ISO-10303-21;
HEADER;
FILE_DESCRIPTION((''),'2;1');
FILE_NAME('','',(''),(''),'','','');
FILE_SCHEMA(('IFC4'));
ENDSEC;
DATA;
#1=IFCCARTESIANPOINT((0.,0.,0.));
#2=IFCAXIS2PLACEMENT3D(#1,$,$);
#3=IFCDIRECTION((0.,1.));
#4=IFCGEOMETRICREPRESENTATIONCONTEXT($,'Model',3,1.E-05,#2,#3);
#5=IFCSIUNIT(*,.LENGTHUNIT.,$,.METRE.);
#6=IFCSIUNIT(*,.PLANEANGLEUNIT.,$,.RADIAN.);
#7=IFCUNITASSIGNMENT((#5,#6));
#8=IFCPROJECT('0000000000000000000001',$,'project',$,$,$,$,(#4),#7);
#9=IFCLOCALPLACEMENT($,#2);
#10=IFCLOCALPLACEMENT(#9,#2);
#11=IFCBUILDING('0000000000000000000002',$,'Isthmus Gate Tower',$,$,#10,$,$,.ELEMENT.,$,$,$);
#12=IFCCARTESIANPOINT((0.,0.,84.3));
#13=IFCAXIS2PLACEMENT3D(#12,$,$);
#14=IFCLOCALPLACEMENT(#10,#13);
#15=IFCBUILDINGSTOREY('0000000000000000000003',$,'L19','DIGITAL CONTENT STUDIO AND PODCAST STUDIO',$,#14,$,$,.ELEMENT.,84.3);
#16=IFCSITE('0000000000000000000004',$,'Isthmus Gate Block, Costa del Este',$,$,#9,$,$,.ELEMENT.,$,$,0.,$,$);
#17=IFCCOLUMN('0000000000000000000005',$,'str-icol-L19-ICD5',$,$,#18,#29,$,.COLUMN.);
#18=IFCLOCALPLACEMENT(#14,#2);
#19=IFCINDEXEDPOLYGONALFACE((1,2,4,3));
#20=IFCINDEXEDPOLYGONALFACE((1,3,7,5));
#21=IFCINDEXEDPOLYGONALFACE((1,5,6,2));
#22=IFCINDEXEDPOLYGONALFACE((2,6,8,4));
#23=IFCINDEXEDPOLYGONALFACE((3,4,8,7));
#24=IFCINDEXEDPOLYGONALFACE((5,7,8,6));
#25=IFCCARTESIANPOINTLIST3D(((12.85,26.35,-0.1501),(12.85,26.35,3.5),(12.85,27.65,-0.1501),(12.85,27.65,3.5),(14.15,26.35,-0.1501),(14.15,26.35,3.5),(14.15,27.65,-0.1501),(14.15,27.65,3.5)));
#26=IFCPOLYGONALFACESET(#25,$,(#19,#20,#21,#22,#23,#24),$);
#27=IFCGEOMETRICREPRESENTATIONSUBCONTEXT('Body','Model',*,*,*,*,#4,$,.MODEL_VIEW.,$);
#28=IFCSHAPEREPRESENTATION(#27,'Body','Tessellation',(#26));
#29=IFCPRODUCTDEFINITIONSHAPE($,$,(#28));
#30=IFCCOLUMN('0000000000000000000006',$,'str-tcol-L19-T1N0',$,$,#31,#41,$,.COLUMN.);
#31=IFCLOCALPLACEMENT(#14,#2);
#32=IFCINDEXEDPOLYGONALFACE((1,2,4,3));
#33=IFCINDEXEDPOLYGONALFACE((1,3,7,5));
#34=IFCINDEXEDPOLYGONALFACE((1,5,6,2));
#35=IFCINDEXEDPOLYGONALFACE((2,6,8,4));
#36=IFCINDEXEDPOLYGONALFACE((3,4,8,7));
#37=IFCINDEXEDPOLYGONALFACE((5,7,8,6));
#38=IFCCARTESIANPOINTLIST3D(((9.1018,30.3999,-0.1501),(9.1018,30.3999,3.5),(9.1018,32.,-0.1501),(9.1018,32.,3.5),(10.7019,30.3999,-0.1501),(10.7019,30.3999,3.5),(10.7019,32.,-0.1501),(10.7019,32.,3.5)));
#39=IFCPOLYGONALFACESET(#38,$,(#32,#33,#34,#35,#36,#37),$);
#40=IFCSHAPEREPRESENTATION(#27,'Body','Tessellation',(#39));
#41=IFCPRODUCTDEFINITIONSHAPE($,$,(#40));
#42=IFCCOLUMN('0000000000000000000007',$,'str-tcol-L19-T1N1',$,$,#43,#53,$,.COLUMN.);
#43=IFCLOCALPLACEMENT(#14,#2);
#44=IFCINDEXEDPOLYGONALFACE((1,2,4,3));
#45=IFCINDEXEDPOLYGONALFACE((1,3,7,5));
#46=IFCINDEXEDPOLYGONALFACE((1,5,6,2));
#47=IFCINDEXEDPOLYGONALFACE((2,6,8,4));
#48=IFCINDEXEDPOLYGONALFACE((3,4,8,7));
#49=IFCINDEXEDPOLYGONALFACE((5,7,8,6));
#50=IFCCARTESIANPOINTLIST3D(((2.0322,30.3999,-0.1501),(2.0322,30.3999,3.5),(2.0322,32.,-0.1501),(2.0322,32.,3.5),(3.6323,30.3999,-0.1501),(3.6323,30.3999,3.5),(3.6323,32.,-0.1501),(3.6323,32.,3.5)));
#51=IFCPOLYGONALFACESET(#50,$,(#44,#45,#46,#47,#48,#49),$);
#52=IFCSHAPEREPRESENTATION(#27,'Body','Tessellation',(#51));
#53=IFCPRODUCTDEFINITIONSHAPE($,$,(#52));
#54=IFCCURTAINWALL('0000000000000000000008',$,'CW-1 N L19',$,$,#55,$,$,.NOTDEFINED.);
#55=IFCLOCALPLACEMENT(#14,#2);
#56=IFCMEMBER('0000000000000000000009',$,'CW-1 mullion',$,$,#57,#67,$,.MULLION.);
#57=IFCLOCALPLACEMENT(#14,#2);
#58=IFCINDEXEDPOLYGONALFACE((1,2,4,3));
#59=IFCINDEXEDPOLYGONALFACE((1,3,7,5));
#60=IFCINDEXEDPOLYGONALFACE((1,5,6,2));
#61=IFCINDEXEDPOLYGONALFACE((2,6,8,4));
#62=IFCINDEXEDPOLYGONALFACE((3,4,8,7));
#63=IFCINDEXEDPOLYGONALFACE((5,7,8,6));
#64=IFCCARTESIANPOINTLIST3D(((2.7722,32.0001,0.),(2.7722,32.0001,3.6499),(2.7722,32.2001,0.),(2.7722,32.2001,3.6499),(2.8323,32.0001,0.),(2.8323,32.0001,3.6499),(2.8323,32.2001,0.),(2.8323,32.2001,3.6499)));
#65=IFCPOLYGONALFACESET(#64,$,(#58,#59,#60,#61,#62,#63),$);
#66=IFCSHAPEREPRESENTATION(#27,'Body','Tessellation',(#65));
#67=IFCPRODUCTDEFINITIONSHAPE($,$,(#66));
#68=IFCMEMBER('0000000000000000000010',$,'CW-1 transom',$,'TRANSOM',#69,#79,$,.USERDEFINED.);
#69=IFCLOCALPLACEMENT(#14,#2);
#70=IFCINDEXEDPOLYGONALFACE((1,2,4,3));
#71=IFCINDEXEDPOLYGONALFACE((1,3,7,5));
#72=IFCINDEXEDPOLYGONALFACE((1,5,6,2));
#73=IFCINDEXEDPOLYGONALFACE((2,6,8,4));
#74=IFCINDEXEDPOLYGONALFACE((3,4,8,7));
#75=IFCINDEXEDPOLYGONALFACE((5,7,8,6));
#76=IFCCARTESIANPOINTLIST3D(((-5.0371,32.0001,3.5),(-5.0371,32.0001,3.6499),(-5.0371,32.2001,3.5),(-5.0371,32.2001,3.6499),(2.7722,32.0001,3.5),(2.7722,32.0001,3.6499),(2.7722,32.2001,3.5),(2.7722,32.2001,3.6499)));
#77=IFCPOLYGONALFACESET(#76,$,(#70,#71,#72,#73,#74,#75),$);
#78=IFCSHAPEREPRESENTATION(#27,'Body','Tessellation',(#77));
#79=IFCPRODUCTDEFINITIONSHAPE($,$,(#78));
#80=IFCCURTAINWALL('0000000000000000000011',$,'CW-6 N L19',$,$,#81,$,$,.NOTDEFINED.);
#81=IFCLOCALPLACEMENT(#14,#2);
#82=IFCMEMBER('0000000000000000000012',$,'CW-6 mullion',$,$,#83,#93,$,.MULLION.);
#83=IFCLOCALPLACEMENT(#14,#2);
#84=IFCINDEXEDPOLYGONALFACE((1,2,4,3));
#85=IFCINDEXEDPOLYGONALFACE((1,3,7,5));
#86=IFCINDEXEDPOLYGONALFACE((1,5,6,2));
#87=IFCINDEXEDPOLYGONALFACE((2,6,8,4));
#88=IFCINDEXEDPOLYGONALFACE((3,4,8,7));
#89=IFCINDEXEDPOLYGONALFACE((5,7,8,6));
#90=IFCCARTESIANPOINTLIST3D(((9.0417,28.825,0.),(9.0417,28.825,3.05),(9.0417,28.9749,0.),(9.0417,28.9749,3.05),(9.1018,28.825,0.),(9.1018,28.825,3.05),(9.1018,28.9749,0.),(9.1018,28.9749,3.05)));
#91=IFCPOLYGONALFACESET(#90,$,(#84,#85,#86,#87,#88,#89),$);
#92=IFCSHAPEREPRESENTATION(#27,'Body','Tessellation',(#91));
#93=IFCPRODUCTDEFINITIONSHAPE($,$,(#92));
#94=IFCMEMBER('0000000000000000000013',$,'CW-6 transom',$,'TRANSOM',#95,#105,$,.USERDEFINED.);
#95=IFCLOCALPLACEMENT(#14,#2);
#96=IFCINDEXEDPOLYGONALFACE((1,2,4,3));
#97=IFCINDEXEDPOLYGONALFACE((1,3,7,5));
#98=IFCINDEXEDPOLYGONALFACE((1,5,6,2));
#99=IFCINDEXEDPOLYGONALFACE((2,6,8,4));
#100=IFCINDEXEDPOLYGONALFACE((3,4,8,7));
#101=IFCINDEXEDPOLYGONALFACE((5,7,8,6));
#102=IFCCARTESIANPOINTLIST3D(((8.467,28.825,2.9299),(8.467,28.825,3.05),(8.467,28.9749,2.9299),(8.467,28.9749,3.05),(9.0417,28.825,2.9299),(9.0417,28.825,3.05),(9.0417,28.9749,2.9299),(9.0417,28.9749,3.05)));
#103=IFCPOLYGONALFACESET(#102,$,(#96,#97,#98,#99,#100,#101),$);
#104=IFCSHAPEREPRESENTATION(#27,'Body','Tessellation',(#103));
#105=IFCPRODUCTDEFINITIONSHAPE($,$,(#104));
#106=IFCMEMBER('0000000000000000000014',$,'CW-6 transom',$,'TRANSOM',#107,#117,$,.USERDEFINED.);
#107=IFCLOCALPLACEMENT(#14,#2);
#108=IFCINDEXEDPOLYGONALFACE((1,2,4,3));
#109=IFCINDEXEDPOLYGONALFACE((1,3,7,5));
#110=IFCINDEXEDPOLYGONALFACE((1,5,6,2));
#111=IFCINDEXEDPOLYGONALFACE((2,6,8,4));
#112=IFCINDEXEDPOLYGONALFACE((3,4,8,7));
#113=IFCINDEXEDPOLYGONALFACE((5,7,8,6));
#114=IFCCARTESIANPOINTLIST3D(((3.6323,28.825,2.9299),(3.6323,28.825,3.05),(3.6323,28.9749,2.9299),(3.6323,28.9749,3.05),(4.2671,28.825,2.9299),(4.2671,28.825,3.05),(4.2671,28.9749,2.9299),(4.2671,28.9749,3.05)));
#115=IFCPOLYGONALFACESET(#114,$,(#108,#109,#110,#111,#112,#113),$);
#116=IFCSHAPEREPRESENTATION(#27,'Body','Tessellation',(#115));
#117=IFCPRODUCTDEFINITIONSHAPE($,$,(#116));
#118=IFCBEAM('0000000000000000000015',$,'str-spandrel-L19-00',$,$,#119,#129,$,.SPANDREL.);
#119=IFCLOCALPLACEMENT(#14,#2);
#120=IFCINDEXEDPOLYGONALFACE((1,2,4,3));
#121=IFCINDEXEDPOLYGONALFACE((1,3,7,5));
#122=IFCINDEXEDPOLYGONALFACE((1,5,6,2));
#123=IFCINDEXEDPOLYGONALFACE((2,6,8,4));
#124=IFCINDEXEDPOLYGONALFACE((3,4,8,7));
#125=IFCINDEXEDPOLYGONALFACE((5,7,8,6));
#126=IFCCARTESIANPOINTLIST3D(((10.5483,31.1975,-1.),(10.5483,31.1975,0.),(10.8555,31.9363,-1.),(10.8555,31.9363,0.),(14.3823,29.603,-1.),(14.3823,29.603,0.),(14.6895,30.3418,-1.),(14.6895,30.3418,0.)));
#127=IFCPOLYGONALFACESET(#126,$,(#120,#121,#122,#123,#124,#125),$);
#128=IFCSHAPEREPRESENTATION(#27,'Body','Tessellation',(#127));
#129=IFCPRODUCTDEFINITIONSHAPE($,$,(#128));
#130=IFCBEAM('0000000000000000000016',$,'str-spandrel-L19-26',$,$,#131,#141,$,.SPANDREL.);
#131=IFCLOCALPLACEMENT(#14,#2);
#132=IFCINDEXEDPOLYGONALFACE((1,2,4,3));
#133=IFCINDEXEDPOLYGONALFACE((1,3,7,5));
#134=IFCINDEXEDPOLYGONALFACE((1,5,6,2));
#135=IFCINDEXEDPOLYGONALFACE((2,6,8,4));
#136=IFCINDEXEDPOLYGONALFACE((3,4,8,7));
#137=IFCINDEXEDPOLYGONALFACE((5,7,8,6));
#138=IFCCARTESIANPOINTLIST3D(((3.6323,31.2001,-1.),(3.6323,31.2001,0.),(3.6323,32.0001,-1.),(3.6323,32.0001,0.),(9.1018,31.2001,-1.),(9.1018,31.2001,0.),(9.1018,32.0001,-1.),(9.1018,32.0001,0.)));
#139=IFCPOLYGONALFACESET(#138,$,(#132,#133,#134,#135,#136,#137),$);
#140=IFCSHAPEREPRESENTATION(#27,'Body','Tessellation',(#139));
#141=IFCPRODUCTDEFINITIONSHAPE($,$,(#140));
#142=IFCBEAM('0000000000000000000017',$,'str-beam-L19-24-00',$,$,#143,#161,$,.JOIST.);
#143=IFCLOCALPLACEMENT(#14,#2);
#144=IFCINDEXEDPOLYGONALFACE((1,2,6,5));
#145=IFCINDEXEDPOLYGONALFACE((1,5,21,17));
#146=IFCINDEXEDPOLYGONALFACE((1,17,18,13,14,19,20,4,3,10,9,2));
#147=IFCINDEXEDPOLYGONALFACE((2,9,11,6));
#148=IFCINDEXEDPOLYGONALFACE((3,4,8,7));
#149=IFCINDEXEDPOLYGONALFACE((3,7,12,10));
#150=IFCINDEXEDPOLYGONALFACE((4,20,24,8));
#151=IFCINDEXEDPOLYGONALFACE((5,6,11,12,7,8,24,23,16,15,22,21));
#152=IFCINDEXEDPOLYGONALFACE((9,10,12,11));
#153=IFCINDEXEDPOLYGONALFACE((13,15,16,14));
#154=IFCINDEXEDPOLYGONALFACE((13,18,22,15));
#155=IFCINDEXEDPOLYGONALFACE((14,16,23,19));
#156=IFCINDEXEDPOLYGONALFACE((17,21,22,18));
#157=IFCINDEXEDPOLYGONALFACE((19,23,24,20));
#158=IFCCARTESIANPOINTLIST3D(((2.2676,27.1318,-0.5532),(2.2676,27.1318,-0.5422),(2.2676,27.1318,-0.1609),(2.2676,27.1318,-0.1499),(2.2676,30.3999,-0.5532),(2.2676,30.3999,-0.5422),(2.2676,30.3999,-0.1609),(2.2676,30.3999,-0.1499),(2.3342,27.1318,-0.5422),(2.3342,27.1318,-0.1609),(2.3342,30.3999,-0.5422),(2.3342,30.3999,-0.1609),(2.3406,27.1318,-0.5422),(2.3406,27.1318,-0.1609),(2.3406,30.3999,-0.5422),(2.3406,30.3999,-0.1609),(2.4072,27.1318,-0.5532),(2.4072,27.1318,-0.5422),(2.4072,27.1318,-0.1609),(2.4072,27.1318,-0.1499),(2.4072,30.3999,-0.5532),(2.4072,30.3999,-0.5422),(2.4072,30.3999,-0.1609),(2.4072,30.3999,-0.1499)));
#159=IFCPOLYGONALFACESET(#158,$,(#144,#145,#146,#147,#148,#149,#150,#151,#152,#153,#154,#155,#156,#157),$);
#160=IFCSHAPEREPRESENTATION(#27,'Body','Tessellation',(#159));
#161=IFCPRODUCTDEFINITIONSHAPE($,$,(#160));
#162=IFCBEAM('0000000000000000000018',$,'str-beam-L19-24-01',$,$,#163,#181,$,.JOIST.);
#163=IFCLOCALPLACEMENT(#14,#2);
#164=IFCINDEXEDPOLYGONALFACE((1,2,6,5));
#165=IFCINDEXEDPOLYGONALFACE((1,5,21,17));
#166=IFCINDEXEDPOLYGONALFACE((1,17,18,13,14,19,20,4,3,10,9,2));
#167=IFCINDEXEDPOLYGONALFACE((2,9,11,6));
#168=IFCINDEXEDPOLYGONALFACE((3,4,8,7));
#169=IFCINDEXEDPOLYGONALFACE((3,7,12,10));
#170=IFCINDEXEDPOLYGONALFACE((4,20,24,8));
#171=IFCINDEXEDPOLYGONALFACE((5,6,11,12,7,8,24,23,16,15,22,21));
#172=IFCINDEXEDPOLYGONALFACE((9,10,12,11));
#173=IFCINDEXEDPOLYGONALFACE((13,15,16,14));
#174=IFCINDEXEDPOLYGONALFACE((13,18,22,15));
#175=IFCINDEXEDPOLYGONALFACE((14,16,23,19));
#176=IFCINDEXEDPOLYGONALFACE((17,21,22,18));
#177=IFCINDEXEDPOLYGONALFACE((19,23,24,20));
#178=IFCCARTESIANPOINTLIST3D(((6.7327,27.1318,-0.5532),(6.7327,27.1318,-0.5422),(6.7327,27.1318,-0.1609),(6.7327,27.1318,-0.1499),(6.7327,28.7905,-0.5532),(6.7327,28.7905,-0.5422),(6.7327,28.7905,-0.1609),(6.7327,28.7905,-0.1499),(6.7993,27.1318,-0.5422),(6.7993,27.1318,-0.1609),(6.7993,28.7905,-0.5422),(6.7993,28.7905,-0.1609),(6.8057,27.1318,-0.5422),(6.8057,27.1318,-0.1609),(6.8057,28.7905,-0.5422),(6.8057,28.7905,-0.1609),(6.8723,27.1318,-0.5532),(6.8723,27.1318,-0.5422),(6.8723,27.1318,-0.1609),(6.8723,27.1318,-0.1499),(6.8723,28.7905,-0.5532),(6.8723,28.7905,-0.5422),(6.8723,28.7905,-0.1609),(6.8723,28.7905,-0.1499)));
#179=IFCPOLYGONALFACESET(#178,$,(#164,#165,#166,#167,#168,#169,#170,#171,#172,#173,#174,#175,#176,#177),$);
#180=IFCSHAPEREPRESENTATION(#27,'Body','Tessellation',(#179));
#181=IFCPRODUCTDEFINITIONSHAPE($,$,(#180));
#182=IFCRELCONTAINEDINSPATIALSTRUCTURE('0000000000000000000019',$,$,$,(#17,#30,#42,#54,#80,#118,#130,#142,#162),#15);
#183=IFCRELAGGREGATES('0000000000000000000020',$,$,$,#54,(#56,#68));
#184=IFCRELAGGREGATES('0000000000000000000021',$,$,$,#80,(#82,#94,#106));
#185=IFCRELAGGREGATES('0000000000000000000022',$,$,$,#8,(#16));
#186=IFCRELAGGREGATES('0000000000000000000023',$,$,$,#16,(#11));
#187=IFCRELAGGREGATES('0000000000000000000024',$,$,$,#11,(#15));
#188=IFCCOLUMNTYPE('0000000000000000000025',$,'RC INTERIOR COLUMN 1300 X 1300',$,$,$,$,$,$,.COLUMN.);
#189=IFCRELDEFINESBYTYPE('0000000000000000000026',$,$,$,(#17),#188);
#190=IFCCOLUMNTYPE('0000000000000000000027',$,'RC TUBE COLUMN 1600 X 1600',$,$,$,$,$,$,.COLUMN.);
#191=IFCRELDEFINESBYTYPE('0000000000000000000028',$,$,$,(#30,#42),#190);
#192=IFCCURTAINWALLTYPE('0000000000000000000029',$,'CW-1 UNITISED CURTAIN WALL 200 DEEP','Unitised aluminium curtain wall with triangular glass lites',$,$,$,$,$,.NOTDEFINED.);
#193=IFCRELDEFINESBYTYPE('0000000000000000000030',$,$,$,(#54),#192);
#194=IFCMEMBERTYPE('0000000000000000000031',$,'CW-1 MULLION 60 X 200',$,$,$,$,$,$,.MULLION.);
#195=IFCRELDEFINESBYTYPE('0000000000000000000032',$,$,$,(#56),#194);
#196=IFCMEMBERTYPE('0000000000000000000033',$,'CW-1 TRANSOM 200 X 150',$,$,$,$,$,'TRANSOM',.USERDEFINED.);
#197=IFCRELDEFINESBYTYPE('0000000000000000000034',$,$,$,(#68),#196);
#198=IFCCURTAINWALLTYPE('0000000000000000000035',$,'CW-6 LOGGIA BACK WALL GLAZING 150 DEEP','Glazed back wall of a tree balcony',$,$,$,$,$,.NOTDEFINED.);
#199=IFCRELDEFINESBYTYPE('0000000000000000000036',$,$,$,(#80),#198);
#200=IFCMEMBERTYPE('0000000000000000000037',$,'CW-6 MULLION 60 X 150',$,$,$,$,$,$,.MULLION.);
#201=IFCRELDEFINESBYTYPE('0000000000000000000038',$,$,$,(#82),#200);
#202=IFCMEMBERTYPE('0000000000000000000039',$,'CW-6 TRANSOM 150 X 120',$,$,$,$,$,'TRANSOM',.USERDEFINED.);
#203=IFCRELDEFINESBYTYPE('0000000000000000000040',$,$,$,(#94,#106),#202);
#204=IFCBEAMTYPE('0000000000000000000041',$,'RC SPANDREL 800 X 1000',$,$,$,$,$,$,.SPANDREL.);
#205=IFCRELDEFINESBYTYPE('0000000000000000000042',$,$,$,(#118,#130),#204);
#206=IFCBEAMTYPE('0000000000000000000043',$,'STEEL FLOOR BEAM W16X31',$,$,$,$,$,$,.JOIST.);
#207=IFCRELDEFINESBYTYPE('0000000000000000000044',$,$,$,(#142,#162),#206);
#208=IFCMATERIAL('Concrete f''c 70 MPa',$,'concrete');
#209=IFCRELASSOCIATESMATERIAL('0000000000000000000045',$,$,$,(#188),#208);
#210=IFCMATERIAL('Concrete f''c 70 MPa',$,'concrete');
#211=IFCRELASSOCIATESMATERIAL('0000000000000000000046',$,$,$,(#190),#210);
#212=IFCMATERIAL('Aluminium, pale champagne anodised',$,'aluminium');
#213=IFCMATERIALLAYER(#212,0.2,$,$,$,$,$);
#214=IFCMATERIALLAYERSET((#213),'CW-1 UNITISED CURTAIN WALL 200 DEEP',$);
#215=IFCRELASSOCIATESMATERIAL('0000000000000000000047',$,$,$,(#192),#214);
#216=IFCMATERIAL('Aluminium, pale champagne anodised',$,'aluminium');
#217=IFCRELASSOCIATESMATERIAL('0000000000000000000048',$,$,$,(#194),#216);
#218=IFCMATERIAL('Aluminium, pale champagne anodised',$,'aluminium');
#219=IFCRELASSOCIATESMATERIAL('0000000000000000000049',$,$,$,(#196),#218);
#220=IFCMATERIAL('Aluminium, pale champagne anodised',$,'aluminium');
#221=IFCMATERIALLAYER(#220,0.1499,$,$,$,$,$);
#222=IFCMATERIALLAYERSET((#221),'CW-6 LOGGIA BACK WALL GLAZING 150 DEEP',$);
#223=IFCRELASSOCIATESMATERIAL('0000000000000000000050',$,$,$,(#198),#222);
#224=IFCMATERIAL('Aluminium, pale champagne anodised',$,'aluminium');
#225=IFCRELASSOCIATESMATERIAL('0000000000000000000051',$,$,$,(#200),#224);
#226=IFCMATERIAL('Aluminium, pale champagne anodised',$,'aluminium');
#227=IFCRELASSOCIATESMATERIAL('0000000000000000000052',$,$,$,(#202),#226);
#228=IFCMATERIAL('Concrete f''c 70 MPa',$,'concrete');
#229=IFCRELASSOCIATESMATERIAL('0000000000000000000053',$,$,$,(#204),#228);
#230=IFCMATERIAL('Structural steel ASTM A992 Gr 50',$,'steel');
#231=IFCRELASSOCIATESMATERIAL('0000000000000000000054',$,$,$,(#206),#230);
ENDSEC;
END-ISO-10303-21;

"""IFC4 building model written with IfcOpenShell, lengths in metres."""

from ifc_helpers import new_model, si_unit, direction, frame, origin, origin_2d, place, context, subcontext, project, spatial, rectangle, i_section, extrude, material, layer, layer_set, material_profile, profile_set, type_object, element, aggregate, save


model = new_model("IFC4")

# Units and contexts
model_context = context("Model", 3, precision=1e-05, world=origin(), true_north=direction((0.0, 1.0)))
body_context = subcontext(model_context, "Body", "Model", "MODEL_VIEW")
ifc_project = project(units=[si_unit("LENGTHUNIT", "METRE"), si_unit("PLANEANGLEUNIT", "RADIAN")], contexts=[model_context])

# Site, building, storey
site_placement = place(None, origin())
site = spatial("IfcSite", under=ifc_project, at=site_placement, Name="Isthmus Gate Block, Costa del Este", CompositionType="ELEMENT", RefElevation=0.0)
building_placement = place(site_placement, origin())
building = spatial("IfcBuilding", under=site, at=building_placement, Name="Isthmus Gate Tower", CompositionType="ELEMENT")
storey_placement = place(building_placement, frame((0.0, 0.0, 84.3)))
storey = spatial("IfcBuildingStorey", under=building, at=storey_placement, Name="L19", Description="DIGITAL CONTENT STUDIO AND PODCAST STUDIO", CompositionType="ELEMENT", Elevation=84.3)

# Columns
ifc_material_1 = material(Name="Concrete f'c 70 MPa", Category="concrete")
ifc_material_profile_1 = material_profile(ifc_material_1, rectangle(XDim=1.3, YDim=1.3, at=origin_2d()), Name="RC 1300X1300")
ifc_profile_set_1 = profile_set([ifc_material_profile_1], Name="Concrete f'c 70 MPa")
column_type_1 = type_object("IfcColumnType", Name="RC INTERIOR COLUMN 1300 X 1300", PredefinedType="COLUMN", material=ifc_profile_set_1)
column_placement = place(storey_placement, frame((13.5, 27.0, -0.1501), z_axis=(0.0, 0.0, 1.0), x_axis=(1.0, 0.0, 0.0)))
element("IfcColumn", 1, at=column_placement, inside=storey, type_object=column_type_1, Name="str-icol-L19-ICD5", PredefinedType="COLUMN", context=body_context, shape_type="SweptSolid", body=[
    extrude(rectangle(XDim=1.3, YDim=1.3, at=origin_2d()), origin(), (0.0, 0.0, 1.0), 3.6501),
])
ifc_material_2 = material(Name="Concrete f'c 70 MPa", Category="concrete")
ifc_material_profile_2 = material_profile(ifc_material_2, rectangle(XDim=1.6001, YDim=1.6001, at=origin_2d()), Name="RC 1600X1600")
ifc_profile_set_2 = profile_set([ifc_material_profile_2], Name="Concrete f'c 70 MPa")
column_type_2 = type_object("IfcColumnType", Name="RC TUBE COLUMN 1600 X 1600", PredefinedType="COLUMN", material=ifc_profile_set_2)
for number, where, z_axis, x_axis, name in (
    (2, (9.9019, 31.2, -0.1501), (0.0, 0.0, 1.0), (-1.0, 0.0, 0.0), "str-tcol-L19-T1N0"),
    (3, (2.8323, 31.2, -0.1501), (0.0, 0.0, 1.0), (-1.0, 0.0, 0.0), "str-tcol-L19-T1N1"),
):
    element("IfcColumn", number, at=place(storey_placement, frame(where, z_axis=z_axis, x_axis=x_axis)), inside=storey, type_object=column_type_2, Name=name, PredefinedType="COLUMN", context=body_context, shape_type="SweptSolid", body=[
        extrude(rectangle(XDim=1.6001, YDim=1.6001, at=origin_2d()), origin(), (0.0, 0.0, 1.0), 3.6501),
    ])

# Curtain walls, members
ifc_material_3 = material(Name="Aluminium, pale champagne anodised", Category="aluminium")
ifc_layer_1 = layer(ifc_material_3, 0.2)
ifc_layer_set_1 = layer_set([ifc_layer_1], Name="CW-1 UNITISED CURTAIN WALL 200 DEEP")
curtain_wall_type_1 = type_object("IfcCurtainWallType", Name="CW-1 UNITISED CURTAIN WALL 200 DEEP", Description="Unitised aluminium curtain wall with triangular glass lites", PredefinedType="NOTDEFINED", material=ifc_layer_set_1)
curtain_wall_1_placement = place(storey_placement, origin())
curtain_wall_1 = element("IfcCurtainWall", 4, at=curtain_wall_1_placement, inside=storey, type_object=curtain_wall_type_1, Name="CW-1 N L19", PredefinedType="NOTDEFINED")
ifc_material_4 = material(Name="Aluminium, pale champagne anodised", Category="aluminium")
ifc_material_profile_3 = material_profile(ifc_material_4, rectangle(XDim=0.0601, YDim=0.2, at=origin_2d()), Name="60x200")
ifc_profile_set_3 = profile_set([ifc_material_profile_3], Name="Aluminium, pale champagne anodised")
member_type_1 = type_object("IfcMemberType", Name="CW-1 MULLION 60 X 200", PredefinedType="MULLION", material=ifc_profile_set_3)
member_1_placement = place(storey_placement, frame((2.8022, 32.1001, 0.0), z_axis=(0.0, 0.0, 1.0), x_axis=(-1.0, 0.0, 0.0)))
member_1 = element("IfcMember", 5, at=member_1_placement, type_object=member_type_1, Name="CW-1 mullion", PredefinedType="MULLION", context=body_context, shape_type="SweptSolid", body=[
    extrude(rectangle(XDim=0.0601, YDim=0.2, at=origin_2d()), origin(), (0.0, 0.0, 1.0), 3.6499),
])
ifc_material_5 = material(Name="Aluminium, pale champagne anodised", Category="aluminium")
ifc_material_profile_4 = material_profile(ifc_material_5, rectangle(XDim=0.2, YDim=0.1499, at=origin_2d()), Name="200x150")
ifc_profile_set_4 = profile_set([ifc_material_profile_4], Name="Aluminium, pale champagne anodised")
member_type_2 = type_object("IfcMemberType", Name="CW-1 TRANSOM 200 X 150", ElementType="TRANSOM", PredefinedType="USERDEFINED", material=ifc_profile_set_4)
member_2_placement = place(storey_placement, frame((2.7722, 32.1001, 3.575), z_axis=(-1.0, 0.0, 0.0), x_axis=(0.0, -1.0, 0.0)))
member_2 = element("IfcMember", 6, at=member_2_placement, type_object=member_type_2, Name="CW-1 transom", ObjectType="TRANSOM", PredefinedType="USERDEFINED", context=body_context, shape_type="SweptSolid", body=[
    extrude(rectangle(XDim=0.2, YDim=0.1499, at=origin_2d()), origin(), (0.0, 0.0, 1.0), 7.8093),
])
aggregate(curtain_wall_1, [member_1, member_2])
ifc_material_6 = material(Name="Aluminium, pale champagne anodised", Category="aluminium")
ifc_layer_2 = layer(ifc_material_6, 0.1499)
ifc_layer_set_2 = layer_set([ifc_layer_2], Name="CW-6 LOGGIA BACK WALL GLAZING 150 DEEP")
curtain_wall_type_2 = type_object("IfcCurtainWallType", Name="CW-6 LOGGIA BACK WALL GLAZING 150 DEEP", Description="Glazed back wall of a tree balcony", PredefinedType="NOTDEFINED", material=ifc_layer_set_2)
curtain_wall_2_placement = place(storey_placement, origin())
curtain_wall_2 = element("IfcCurtainWall", 7, at=curtain_wall_2_placement, inside=storey, type_object=curtain_wall_type_2, Name="CW-6 N L19", PredefinedType="NOTDEFINED")
ifc_material_7 = material(Name="Aluminium, pale champagne anodised", Category="aluminium")
ifc_material_profile_5 = material_profile(ifc_material_7, rectangle(XDim=0.0601, YDim=0.1499, at=origin_2d()), Name="60x150")
ifc_profile_set_5 = profile_set([ifc_material_profile_5], Name="Aluminium, pale champagne anodised")
member_type_3 = type_object("IfcMemberType", Name="CW-6 MULLION 60 X 150", PredefinedType="MULLION", material=ifc_profile_set_5)
member_3_placement = place(storey_placement, frame((9.0718, 28.8999, 0.0), z_axis=(0.0, 0.0, 1.0), x_axis=(-1.0, 0.0, 0.0)))
member_3 = element("IfcMember", 8, at=member_3_placement, type_object=member_type_3, Name="CW-6 mullion", PredefinedType="MULLION", context=body_context, shape_type="SweptSolid", body=[
    extrude(rectangle(XDim=0.0601, YDim=0.1499, at=origin_2d()), origin(), (0.0, 0.0, 1.0), 3.05),
])
ifc_material_8 = material(Name="Aluminium, pale champagne anodised", Category="aluminium")
ifc_material_profile_6 = material_profile(ifc_material_8, rectangle(XDim=0.1499, YDim=0.1201, at=origin_2d()), Name="150x120")
ifc_profile_set_6 = profile_set([ifc_material_profile_6], Name="Aluminium, pale champagne anodised")
member_type_4 = type_object("IfcMemberType", Name="CW-6 TRANSOM 150 X 120", ElementType="TRANSOM", PredefinedType="USERDEFINED", material=ifc_profile_set_6)
member_4_placement = place(storey_placement, frame((9.0417, 28.8999, 2.99), z_axis=(-1.0, 0.0, 0.0), x_axis=(0.0, -1.0, 0.0)))
member_4 = element("IfcMember", 9, at=member_4_placement, type_object=member_type_4, Name="CW-6 transom", ObjectType="TRANSOM", PredefinedType="USERDEFINED", context=body_context, shape_type="SweptSolid", body=[
    extrude(rectangle(XDim=0.1499, YDim=0.1201, at=origin_2d()), origin(), (0.0, 0.0, 1.0), 0.5747),
])
member_5_placement = place(storey_placement, frame((4.2671, 28.8999, 2.99), z_axis=(-1.0, 0.0, 0.0), x_axis=(0.0, -1.0, 0.0)))
member_5 = element("IfcMember", 10, at=member_5_placement, type_object=member_type_4, Name="CW-6 transom", ObjectType="TRANSOM", PredefinedType="USERDEFINED", context=body_context, shape_type="SweptSolid", body=[
    extrude(rectangle(XDim=0.1499, YDim=0.1201, at=origin_2d()), origin(), (0.0, 0.0, 1.0), 0.6348),
])

# Beams
ifc_material_9 = material(Name="Concrete f'c 70 MPa", Category="concrete")
ifc_material_profile_7 = material_profile(ifc_material_9, rectangle(XDim=0.8, YDim=1.0, at=origin_2d()), Name="RC 800X1000")
ifc_profile_set_7 = profile_set([ifc_material_profile_7], Name="Concrete f'c 70 MPa")
beam_type_1 = type_object("IfcBeamType", Name="RC SPANDREL 800 X 1000", PredefinedType="SPANDREL", material=ifc_profile_set_7)
beam_1_placement = place(storey_placement, frame((10.7019, 31.5669, -0.5), z_axis=(0.923334, -0.383997, 0.0), x_axis=(0.383997, 0.923334, 0.0)))
element("IfcBeam", 11, at=beam_1_placement, inside=storey, type_object=beam_type_1, Name="str-spandrel-L19-00", PredefinedType="SPANDREL", context=body_context, shape_type="SweptSolid", body=[
    extrude(rectangle(XDim=0.8, YDim=1.0, at=origin_2d()), origin(), (0.0, 0.0, 1.0), 4.1523),
])
beam_2_placement = place(storey_placement, frame((3.6323, 31.6001, -0.5), z_axis=(1.0, 0.0, 0.0), x_axis=(0.0, 1.0, 0.0)))
element("IfcBeam", 12, at=beam_2_placement, inside=storey, type_object=beam_type_1, Name="str-spandrel-L19-26", PredefinedType="SPANDREL", context=body_context, shape_type="SweptSolid", body=[
    extrude(rectangle(XDim=0.8, YDim=1.0, at=origin_2d()), origin(), (0.0, 0.0, 1.0), 5.4695),
])
ifc_material_10 = material(Name="Structural steel ASTM A992 Gr 50", Category="steel")
ifc_material_profile_8 = material_profile(ifc_material_10, i_section(OverallWidth=0.1396, OverallDepth=0.4033, WebThickness=0.0063, FlangeThickness=0.011, at=origin_2d()), Name="W16X31")
ifc_profile_set_8 = profile_set([ifc_material_profile_8], Name="Structural steel ASTM A992 Gr 50")
beam_type_2 = type_object("IfcBeamType", Name="STEEL FLOOR BEAM W16X31", PredefinedType="JOIST", material=ifc_profile_set_8)
beam_3_placement = place(storey_placement, frame((2.3374, 27.1318, -0.3516), z_axis=(0.0, 1.0, 0.0), x_axis=(-1.0, 0.0, 0.0)))
element("IfcBeam", 13, at=beam_3_placement, inside=storey, type_object=beam_type_2, Name="str-beam-L19-24-00", PredefinedType="JOIST", context=body_context, shape_type="SweptSolid", body=[
    extrude(i_section(OverallWidth=0.1396, OverallDepth=0.4033, WebThickness=0.0063, FlangeThickness=0.011, at=origin_2d()), origin(), (0.0, 0.0, 1.0), 3.2681),
])
beam_4_placement = place(storey_placement, frame((6.8025, 27.1318, -0.3516), z_axis=(0.0, 1.0, 0.0), x_axis=(-1.0, 0.0, 0.0)))
element("IfcBeam", 14, at=beam_4_placement, inside=storey, type_object=beam_type_2, Name="str-beam-L19-24-01", PredefinedType="JOIST", context=body_context, shape_type="SweptSolid", body=[
    extrude(i_section(OverallWidth=0.1396, OverallDepth=0.4033, WebThickness=0.0063, FlangeThickness=0.011, at=origin_2d()), origin(), (0.0, 0.0, 1.0), 1.6587),
])

aggregate(curtain_wall_2, [member_3, member_4, member_5])

save(model, "model.ifc")
